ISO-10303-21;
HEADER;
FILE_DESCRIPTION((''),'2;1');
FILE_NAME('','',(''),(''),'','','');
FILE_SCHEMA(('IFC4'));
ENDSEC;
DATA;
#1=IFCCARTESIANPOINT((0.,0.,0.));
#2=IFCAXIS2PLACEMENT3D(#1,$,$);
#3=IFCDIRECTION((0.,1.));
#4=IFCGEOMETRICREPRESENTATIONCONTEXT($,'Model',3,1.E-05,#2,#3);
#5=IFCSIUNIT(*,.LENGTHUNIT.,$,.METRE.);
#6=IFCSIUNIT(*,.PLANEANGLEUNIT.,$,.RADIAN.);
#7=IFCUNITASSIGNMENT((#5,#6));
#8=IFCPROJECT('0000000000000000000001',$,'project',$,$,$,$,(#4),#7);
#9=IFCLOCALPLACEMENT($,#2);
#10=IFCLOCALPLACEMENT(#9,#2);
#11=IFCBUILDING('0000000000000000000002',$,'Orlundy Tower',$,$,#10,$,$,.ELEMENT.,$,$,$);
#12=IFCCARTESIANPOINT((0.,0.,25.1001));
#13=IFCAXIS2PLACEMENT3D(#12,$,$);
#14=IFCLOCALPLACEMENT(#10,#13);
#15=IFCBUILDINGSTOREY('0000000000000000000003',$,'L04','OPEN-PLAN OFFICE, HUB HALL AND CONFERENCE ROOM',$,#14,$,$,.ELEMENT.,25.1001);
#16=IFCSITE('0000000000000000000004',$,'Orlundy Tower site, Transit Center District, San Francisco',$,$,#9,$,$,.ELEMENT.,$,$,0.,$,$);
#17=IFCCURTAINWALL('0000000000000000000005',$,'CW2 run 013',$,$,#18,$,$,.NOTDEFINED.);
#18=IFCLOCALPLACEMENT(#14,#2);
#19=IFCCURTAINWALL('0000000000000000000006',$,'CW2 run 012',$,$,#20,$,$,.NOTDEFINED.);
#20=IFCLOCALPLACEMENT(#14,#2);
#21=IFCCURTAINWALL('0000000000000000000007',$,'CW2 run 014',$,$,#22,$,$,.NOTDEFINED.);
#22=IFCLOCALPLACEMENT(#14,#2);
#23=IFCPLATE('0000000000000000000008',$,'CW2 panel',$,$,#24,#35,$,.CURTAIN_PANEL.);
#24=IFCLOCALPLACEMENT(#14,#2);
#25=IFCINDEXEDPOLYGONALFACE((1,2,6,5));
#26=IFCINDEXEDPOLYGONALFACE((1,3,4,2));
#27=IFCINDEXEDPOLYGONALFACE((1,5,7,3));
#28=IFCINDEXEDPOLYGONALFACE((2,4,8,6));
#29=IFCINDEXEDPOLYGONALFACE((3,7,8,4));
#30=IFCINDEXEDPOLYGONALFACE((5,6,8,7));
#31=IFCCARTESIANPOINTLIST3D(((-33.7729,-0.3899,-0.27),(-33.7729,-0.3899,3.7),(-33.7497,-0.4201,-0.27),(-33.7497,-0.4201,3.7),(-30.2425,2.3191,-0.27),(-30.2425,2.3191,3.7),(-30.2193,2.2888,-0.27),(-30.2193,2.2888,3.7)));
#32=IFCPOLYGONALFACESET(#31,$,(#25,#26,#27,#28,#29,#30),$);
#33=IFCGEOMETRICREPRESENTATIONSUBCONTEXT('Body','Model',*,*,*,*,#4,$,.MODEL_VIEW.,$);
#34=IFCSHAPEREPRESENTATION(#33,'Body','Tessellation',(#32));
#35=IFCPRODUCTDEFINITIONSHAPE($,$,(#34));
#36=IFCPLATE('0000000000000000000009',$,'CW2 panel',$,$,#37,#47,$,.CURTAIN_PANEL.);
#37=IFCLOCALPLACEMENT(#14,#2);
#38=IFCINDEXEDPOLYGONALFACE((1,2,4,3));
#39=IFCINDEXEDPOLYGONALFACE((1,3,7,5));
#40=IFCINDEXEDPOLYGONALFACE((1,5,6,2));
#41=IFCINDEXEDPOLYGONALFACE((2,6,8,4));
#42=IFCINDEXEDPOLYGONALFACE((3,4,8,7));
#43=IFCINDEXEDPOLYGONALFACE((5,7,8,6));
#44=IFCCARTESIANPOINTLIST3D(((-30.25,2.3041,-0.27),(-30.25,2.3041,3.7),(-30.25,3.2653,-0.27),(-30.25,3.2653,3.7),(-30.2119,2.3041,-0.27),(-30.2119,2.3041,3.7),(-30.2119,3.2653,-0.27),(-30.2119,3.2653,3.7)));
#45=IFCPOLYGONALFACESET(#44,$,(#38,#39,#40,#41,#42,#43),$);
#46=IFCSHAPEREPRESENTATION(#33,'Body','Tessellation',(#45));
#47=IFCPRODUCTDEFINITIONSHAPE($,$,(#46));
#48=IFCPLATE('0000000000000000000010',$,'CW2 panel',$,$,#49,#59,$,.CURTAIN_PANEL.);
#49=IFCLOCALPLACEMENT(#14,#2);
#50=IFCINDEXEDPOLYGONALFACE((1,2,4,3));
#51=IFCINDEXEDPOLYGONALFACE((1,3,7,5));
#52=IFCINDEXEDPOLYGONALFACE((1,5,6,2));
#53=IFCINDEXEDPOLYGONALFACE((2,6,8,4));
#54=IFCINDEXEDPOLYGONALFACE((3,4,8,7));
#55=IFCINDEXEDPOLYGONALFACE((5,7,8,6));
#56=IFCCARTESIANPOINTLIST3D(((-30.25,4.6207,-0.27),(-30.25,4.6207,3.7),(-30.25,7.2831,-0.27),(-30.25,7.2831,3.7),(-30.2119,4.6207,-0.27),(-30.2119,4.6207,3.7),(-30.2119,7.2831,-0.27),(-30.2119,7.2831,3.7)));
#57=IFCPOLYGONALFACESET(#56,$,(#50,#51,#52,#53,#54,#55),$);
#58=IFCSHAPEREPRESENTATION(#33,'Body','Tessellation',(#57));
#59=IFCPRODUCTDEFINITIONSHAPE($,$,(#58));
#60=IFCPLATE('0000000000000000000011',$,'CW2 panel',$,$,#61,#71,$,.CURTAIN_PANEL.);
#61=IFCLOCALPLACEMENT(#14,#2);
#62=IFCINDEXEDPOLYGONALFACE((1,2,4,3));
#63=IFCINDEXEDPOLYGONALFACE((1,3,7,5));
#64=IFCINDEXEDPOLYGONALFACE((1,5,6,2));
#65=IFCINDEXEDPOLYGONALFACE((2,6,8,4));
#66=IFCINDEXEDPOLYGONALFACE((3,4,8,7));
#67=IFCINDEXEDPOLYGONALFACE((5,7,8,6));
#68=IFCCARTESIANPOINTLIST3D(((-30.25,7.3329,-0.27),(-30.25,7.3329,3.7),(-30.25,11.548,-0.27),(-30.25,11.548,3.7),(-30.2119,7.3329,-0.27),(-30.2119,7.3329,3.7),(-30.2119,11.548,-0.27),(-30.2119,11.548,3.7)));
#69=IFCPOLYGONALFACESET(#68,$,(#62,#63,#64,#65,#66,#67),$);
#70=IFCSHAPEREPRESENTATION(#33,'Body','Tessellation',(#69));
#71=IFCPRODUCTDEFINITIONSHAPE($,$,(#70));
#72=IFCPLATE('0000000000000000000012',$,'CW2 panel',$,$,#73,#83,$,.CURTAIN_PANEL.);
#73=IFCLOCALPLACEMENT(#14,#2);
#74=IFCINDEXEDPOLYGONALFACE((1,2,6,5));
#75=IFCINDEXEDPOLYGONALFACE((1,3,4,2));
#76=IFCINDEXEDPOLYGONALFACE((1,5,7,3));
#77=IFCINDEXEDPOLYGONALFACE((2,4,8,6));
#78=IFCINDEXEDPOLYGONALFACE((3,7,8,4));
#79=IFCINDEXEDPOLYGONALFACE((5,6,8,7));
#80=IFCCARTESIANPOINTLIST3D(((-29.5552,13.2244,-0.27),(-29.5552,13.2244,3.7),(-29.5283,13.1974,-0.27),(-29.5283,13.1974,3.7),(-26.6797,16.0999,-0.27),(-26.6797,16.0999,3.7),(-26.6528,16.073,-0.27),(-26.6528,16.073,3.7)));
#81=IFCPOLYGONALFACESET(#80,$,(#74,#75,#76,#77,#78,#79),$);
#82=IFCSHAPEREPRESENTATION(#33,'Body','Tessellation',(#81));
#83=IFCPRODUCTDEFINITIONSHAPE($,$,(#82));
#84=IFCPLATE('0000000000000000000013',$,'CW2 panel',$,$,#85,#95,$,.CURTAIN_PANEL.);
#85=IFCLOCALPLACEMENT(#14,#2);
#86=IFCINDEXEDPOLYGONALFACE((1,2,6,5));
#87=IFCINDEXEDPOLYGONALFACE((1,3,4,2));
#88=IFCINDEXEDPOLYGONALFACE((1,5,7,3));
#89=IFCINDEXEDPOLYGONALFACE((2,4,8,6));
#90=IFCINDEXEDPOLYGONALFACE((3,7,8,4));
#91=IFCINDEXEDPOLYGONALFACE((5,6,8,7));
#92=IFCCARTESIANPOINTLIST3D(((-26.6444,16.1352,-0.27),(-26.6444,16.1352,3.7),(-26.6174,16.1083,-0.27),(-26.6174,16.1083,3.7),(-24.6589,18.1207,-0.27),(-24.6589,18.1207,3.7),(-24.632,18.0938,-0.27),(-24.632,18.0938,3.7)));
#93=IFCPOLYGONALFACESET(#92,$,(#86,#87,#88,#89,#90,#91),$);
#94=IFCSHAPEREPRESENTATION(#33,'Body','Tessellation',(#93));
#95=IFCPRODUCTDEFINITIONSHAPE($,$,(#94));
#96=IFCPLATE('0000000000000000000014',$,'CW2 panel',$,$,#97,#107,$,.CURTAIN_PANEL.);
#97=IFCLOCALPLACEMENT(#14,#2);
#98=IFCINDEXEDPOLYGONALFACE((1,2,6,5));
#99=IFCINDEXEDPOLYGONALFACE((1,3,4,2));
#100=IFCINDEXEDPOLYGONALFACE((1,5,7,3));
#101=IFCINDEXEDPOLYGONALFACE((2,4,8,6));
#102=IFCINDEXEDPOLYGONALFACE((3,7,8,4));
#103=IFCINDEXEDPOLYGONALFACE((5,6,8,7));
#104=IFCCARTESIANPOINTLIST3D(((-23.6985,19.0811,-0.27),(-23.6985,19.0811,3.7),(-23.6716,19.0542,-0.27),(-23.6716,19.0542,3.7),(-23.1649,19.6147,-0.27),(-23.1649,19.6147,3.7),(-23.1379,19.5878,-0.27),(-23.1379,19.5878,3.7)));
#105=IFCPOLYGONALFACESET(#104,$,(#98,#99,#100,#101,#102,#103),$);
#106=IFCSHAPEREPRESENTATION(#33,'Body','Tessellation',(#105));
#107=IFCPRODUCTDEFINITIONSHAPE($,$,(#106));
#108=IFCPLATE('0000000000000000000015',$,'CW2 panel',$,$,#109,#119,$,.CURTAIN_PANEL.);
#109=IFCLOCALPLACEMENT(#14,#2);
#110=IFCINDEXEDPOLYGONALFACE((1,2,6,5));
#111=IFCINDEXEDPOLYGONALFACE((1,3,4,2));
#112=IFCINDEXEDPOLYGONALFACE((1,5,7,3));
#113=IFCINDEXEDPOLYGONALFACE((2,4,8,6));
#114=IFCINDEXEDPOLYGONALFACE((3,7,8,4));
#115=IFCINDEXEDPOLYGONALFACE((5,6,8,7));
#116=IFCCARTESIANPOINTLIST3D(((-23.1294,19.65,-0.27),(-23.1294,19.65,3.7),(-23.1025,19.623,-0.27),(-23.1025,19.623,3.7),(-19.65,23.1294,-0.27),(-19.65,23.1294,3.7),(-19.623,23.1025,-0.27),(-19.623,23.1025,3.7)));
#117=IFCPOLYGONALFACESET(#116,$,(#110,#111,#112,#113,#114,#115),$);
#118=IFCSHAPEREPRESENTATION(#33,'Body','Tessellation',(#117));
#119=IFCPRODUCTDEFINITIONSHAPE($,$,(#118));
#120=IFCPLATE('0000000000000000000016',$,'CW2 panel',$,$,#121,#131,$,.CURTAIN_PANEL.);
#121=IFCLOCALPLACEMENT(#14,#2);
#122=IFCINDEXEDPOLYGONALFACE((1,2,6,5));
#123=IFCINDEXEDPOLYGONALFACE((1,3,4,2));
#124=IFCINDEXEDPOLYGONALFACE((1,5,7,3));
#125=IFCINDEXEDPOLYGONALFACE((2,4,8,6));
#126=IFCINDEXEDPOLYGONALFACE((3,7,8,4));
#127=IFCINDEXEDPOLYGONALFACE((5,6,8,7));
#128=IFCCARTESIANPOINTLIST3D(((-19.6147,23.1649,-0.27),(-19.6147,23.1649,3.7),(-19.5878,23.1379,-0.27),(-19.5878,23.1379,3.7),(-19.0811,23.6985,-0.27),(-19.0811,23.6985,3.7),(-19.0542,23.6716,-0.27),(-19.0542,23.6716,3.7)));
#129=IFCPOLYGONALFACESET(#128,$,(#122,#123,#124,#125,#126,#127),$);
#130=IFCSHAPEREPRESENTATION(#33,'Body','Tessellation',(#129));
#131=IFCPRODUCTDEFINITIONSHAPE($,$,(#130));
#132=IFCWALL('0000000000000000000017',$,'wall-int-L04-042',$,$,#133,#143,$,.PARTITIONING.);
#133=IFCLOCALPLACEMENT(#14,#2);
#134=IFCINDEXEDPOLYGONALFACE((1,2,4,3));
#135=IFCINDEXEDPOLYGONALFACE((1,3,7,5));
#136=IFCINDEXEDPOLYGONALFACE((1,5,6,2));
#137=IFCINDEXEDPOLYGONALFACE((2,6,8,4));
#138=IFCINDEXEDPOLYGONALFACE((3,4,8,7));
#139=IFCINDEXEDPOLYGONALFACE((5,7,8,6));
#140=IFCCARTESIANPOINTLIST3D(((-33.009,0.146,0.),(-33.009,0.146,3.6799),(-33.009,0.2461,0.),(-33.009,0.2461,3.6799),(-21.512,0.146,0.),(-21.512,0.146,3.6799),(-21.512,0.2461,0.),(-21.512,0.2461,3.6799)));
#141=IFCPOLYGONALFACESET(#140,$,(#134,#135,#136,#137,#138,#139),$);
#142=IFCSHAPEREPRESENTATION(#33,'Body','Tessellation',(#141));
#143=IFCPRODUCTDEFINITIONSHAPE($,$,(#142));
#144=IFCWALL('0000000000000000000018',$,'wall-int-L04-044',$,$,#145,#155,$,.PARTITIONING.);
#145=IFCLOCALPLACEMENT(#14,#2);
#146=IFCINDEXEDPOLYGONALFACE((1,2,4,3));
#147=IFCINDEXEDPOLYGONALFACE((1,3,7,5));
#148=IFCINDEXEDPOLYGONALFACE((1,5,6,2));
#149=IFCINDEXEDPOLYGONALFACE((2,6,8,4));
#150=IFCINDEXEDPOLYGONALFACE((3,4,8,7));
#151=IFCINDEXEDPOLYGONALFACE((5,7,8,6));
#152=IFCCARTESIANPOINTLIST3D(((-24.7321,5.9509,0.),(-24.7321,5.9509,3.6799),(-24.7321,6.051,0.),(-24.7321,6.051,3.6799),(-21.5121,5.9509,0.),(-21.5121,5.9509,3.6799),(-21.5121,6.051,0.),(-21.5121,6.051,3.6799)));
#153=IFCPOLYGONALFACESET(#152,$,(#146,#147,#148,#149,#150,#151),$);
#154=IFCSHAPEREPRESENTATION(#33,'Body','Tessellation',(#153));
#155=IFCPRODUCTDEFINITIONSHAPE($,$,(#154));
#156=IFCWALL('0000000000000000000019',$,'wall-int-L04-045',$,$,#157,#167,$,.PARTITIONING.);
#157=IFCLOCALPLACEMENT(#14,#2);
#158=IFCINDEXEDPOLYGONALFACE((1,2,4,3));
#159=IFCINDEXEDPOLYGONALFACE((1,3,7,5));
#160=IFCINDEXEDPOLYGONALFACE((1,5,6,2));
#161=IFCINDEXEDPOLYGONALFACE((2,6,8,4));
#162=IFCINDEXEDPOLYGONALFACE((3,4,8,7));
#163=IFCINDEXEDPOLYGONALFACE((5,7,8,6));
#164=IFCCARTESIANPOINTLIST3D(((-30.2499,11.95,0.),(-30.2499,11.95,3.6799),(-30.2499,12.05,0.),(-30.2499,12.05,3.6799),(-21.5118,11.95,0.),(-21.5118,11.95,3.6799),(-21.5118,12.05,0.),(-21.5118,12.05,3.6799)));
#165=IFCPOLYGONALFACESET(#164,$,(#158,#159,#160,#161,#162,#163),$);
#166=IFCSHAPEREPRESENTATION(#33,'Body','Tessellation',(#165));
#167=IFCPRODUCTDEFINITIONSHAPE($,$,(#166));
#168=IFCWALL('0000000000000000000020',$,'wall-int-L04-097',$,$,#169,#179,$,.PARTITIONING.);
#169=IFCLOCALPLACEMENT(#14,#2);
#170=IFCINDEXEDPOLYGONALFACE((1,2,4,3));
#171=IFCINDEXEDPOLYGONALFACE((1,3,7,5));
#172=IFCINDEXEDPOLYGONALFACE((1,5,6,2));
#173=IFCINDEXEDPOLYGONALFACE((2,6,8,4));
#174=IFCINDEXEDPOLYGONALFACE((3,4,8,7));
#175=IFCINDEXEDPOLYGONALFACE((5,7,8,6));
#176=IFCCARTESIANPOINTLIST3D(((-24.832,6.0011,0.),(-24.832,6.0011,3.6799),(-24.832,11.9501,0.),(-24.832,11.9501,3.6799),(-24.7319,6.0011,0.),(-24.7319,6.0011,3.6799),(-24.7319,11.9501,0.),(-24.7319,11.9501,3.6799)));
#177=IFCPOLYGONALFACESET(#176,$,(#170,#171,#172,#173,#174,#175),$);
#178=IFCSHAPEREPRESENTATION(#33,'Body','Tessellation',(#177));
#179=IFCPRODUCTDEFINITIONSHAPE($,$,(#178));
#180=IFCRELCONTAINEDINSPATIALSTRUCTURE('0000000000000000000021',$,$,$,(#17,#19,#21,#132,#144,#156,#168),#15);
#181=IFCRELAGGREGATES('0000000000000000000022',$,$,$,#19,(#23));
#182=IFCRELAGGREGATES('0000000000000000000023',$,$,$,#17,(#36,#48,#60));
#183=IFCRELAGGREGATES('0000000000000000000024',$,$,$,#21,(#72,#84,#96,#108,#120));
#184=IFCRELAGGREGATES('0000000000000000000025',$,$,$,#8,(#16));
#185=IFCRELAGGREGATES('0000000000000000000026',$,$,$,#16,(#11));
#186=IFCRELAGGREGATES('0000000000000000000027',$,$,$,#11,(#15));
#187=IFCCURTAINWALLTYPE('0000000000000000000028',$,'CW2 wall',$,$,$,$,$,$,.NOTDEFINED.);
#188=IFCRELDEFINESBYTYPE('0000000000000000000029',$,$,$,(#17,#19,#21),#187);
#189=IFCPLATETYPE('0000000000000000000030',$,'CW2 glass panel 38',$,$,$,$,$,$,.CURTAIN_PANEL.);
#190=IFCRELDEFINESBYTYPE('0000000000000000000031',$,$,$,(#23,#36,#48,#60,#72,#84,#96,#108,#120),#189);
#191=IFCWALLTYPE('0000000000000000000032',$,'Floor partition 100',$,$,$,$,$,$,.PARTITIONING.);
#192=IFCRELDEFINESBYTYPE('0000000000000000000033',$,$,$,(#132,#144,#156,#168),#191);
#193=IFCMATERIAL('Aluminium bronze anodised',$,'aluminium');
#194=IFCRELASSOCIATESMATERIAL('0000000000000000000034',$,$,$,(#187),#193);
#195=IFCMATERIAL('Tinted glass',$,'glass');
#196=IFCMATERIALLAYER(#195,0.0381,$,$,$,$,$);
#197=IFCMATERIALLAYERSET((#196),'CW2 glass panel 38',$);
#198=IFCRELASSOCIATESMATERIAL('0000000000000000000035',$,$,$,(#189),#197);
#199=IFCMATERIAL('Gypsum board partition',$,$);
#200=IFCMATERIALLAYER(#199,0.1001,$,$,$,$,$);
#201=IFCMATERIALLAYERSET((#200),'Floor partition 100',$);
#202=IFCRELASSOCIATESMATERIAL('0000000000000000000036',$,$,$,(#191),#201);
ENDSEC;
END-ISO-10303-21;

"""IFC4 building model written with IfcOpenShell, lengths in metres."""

from ifc_helpers import new_model, si_unit, direction, frame, frame_2d, origin, origin_2d, place, context, subcontext, project, spatial, rectangle, extrude, material, layer, layer_set, type_object, element, aggregate, save


model = new_model("IFC4")

# Units and contexts
model_context = context("Model", 3, precision=1e-05, world=origin(), true_north=direction((0.0, 1.0)))
body_context = subcontext(model_context, "Body", "Model", "MODEL_VIEW")
ifc_project = project(units=[si_unit("LENGTHUNIT", "METRE"), si_unit("PLANEANGLEUNIT", "RADIAN")], contexts=[model_context])

# Site, building, storey
site_placement = place(None, origin())
site = spatial("IfcSite", under=ifc_project, at=site_placement, Name="Orlundy Tower site, Transit Center District, San Francisco", CompositionType="ELEMENT", RefElevation=0.0)
building_placement = place(site_placement, origin())
building = spatial("IfcBuilding", under=site, at=building_placement, Name="Orlundy Tower", CompositionType="ELEMENT")
storey_placement = place(building_placement, frame((0.0, 0.0, 25.1001)))
storey = spatial("IfcBuildingStorey", under=building, at=storey_placement, Name="L04", Description="OPEN-PLAN OFFICE, HUB HALL AND CONFERENCE ROOM", CompositionType="ELEMENT", Elevation=25.1001)

# Curtain walls
ifc_material_1 = material(Name="Aluminium bronze anodised", Category="aluminium")
curtain_wall_type = type_object("IfcCurtainWallType", Name="CW2 wall", PredefinedType="NOTDEFINED", material=ifc_material_1)
curtain_wall_1_placement = place(storey_placement, origin())
curtain_wall_1 = element("IfcCurtainWall", 1, at=curtain_wall_1_placement, inside=storey, type_object=curtain_wall_type, Name="CW2 run 013", PredefinedType="NOTDEFINED")
curtain_wall_2_placement = place(storey_placement, origin())
curtain_wall_2 = element("IfcCurtainWall", 2, at=curtain_wall_2_placement, inside=storey, type_object=curtain_wall_type, Name="CW2 run 012", PredefinedType="NOTDEFINED")

# Curtain wall
curtain_wall_3_placement = place(storey_placement, origin())
curtain_wall_3 = element("IfcCurtainWall", 3, at=curtain_wall_3_placement, inside=storey, type_object=curtain_wall_type, Name="CW2 run 014", PredefinedType="NOTDEFINED")

# Plates
ifc_material_2 = material(Name="Tinted glass", Category="glass")
ifc_layer_1 = layer(ifc_material_2, 0.0381)
ifc_layer_set_1 = layer_set([ifc_layer_1], Name="CW2 glass panel 38")
plate_type = type_object("IfcPlateType", Name="CW2 glass panel 38", PredefinedType="CURTAIN_PANEL", material=ifc_layer_set_1)
plate_1_placement = place(storey_placement, frame((-31.9961, 0.9495, -0.27), z_axis=(0.0, 0.0, 1.0), x_axis=(0.793348, 0.608768, 0.0)))
plate_1 = element("IfcPlate", 4, at=plate_1_placement, type_object=plate_type, Name="CW2 panel", PredefinedType="CURTAIN_PANEL", context=body_context, shape_type="SweptSolid", body=[
    extrude(rectangle(XDim=4.45, YDim=0.0381, at=origin_2d()), origin(), (0.0, 0.0, 1.0), 3.97),
])
aggregate(curtain_wall_2, [plate_1])
plate_2_placement = place(storey_placement, frame((-30.231, 2.7847, -0.27), z_axis=(0.0, 0.0, 1.0), x_axis=(0.0, 1.0, 0.0)))
plate_2 = element("IfcPlate", 5, at=plate_2_placement, type_object=plate_type, Name="CW2 panel", PredefinedType="CURTAIN_PANEL", context=body_context, shape_type="SweptSolid", body=[
    extrude(rectangle(XDim=0.9612, YDim=0.0381, at=origin_2d()), origin(), (0.0, 0.0, 1.0), 3.97),
])
plate_3_placement = place(storey_placement, frame((-30.231, 5.9519, -0.27), z_axis=(0.0, 0.0, 1.0), x_axis=(0.0, 1.0, 0.0)))
plate_3 = element("IfcPlate", 6, at=plate_3_placement, type_object=plate_type, Name="CW2 panel", PredefinedType="CURTAIN_PANEL", context=body_context, shape_type="SweptSolid", body=[
    extrude(rectangle(XDim=2.6624, YDim=0.0381, at=origin_2d()), origin(), (0.0, 0.0, 1.0), 3.97),
])
plate_4_placement = place(storey_placement, frame((-30.231, 9.4404, -0.27), z_axis=(0.0, 0.0, 1.0), x_axis=(0.0, 1.0, 0.0)))
plate_4 = element("IfcPlate", 7, at=plate_4_placement, type_object=plate_type, Name="CW2 panel", PredefinedType="CURTAIN_PANEL", context=body_context, shape_type="SweptSolid", body=[
    extrude(rectangle(XDim=4.2151, YDim=0.0381, at=origin_2d()), origin(), (0.0, 0.0, 1.0), 3.97),
])
aggregate(curtain_wall_1, [plate_2, plate_3, plate_4])
plate_5_placement = place(storey_placement, frame((-28.104, 14.6487, -0.27), z_axis=(0.0, 0.0, 1.0), x_axis=(0.707107, 0.707107, 0.0)))
plate_5 = element("IfcPlate", 8, at=plate_5_placement, type_object=plate_type, Name="CW2 panel", PredefinedType="CURTAIN_PANEL", context=body_context, shape_type="SweptSolid", body=[
    extrude(rectangle(XDim=4.0667, YDim=0.0381, at=origin_2d()), origin(), (0.0, 0.0, 1.0), 3.97),
])
plate_6_placement = place(storey_placement, frame((-25.6382, 17.1145, -0.27), z_axis=(0.0, 0.0, 1.0), x_axis=(0.707107, 0.707107, 0.0)))
plate_6 = element("IfcPlate", 9, at=plate_6_placement, type_object=plate_type, Name="CW2 panel", PredefinedType="CURTAIN_PANEL", context=body_context, shape_type="SweptSolid", body=[
    extrude(rectangle(XDim=2.8079, YDim=0.0381, at=origin_2d()), origin(), (0.0, 0.0, 1.0), 3.97),
])
plate_7_placement = place(storey_placement, frame((-23.4182, 19.3345, -0.27), z_axis=(0.0, 0.0, 1.0), x_axis=(0.707107, 0.707107, 0.0)))
plate_7 = element("IfcPlate", 10, at=plate_7_placement, type_object=plate_type, Name="CW2 panel", PredefinedType="CURTAIN_PANEL", context=body_context, shape_type="SweptSolid", body=[
    extrude(rectangle(XDim=0.7546, YDim=0.0381, at=origin_2d()), origin(), (0.0, 0.0, 1.0), 3.97),
])
plate_8_placement = place(storey_placement, frame((-21.3762, 21.3762, -0.27), z_axis=(0.0, 0.0, 1.0), x_axis=(0.707107, 0.707107, 0.0)))
plate_8 = element("IfcPlate", 11, at=plate_8_placement, type_object=plate_type, Name="CW2 panel", PredefinedType="CURTAIN_PANEL", context=body_context, shape_type="SweptSolid", body=[
    extrude(rectangle(XDim=4.9207, YDim=0.0381, at=origin_2d()), origin(), (0.0, 0.0, 1.0), 3.97),
])
plate_9_placement = place(storey_placement, frame((-19.3345, 23.4182, -0.27), z_axis=(0.0, 0.0, 1.0), x_axis=(0.707107, 0.707107, 0.0)))
plate_9 = element("IfcPlate", 12, at=plate_9_placement, type_object=plate_type, Name="CW2 panel", PredefinedType="CURTAIN_PANEL", context=body_context, shape_type="SweptSolid", body=[
    extrude(rectangle(XDim=0.7546, YDim=0.0381, at=origin_2d()), origin(), (0.0, 0.0, 1.0), 3.97),
])
aggregate(curtain_wall_3, [plate_5, plate_6, plate_7, plate_8, plate_9])

# Walls
ifc_material_3 = material(Name="Gypsum board partition")
ifc_layer_2 = layer(ifc_material_3, 0.1001)
ifc_layer_set_2 = layer_set([ifc_layer_2], Name="Floor partition 100")
wall_type_1 = type_object("IfcWallType", Name="Floor partition 100", PredefinedType="PARTITIONING", material=ifc_layer_set_2)
wall_1_placement = place(storey_placement, frame((-33.009, 0.196, 0.0), z_axis=(0.0, 0.0, 1.0), x_axis=(1.0, 0.0, 0.0)))
element("IfcWall", 13, at=wall_1_placement, inside=storey, type_object=wall_type_1, Name="wall-int-L04-042", PredefinedType="PARTITIONING", context=body_context, shape_type="SweptSolid", body=[
    extrude(rectangle(XDim=11.4971, YDim=0.1001, at=frame_2d((5.7485, 0.0))), origin(), (0.0, 0.0, 1.0), 3.6799),
])
wall_2_placement = place(storey_placement, frame((-24.7319, 6.001, 0.0), z_axis=(0.0, 0.0, 1.0), x_axis=(1.0, 0.0, 0.0)))
element("IfcWall", 14, at=wall_2_placement, inside=storey, type_object=wall_type_1, Name="wall-int-L04-044", PredefinedType="PARTITIONING", context=body_context, shape_type="SweptSolid", body=[
    extrude(rectangle(XDim=3.22, YDim=0.1001, at=frame_2d((1.6099, 0.0))), origin(), (0.0, 0.0, 1.0), 3.6799),
])
wall_3_placement = place(storey_placement, frame((-30.25, 12.0, 0.0), z_axis=(0.0, 0.0, 1.0), x_axis=(1.0, 0.0, 0.0)))
element("IfcWall", 15, at=wall_3_placement, inside=storey, type_object=wall_type_1, Name="wall-int-L04-045", PredefinedType="PARTITIONING", context=body_context, shape_type="SweptSolid", body=[
    extrude(rectangle(XDim=8.738, YDim=0.1001, at=frame_2d((4.3691, 0.0))), origin(), (0.0, 0.0, 1.0), 3.6799),
])
wall_4_placement = place(storey_placement, frame((-24.782, 6.001, 0.0), z_axis=(0.0, 0.0, 1.0), x_axis=(0.0, 1.0, 0.0)))
element("IfcWall", 16, at=wall_4_placement, inside=storey, type_object=wall_type_1, Name="wall-int-L04-097", PredefinedType="PARTITIONING", context=body_context, shape_type="SweptSolid", body=[
    extrude(rectangle(XDim=5.949, YDim=0.1001, at=frame_2d((2.9746, 0.0))), origin(), (0.0, 0.0, 1.0), 3.6799),
])

save(model, "model.ifc")
